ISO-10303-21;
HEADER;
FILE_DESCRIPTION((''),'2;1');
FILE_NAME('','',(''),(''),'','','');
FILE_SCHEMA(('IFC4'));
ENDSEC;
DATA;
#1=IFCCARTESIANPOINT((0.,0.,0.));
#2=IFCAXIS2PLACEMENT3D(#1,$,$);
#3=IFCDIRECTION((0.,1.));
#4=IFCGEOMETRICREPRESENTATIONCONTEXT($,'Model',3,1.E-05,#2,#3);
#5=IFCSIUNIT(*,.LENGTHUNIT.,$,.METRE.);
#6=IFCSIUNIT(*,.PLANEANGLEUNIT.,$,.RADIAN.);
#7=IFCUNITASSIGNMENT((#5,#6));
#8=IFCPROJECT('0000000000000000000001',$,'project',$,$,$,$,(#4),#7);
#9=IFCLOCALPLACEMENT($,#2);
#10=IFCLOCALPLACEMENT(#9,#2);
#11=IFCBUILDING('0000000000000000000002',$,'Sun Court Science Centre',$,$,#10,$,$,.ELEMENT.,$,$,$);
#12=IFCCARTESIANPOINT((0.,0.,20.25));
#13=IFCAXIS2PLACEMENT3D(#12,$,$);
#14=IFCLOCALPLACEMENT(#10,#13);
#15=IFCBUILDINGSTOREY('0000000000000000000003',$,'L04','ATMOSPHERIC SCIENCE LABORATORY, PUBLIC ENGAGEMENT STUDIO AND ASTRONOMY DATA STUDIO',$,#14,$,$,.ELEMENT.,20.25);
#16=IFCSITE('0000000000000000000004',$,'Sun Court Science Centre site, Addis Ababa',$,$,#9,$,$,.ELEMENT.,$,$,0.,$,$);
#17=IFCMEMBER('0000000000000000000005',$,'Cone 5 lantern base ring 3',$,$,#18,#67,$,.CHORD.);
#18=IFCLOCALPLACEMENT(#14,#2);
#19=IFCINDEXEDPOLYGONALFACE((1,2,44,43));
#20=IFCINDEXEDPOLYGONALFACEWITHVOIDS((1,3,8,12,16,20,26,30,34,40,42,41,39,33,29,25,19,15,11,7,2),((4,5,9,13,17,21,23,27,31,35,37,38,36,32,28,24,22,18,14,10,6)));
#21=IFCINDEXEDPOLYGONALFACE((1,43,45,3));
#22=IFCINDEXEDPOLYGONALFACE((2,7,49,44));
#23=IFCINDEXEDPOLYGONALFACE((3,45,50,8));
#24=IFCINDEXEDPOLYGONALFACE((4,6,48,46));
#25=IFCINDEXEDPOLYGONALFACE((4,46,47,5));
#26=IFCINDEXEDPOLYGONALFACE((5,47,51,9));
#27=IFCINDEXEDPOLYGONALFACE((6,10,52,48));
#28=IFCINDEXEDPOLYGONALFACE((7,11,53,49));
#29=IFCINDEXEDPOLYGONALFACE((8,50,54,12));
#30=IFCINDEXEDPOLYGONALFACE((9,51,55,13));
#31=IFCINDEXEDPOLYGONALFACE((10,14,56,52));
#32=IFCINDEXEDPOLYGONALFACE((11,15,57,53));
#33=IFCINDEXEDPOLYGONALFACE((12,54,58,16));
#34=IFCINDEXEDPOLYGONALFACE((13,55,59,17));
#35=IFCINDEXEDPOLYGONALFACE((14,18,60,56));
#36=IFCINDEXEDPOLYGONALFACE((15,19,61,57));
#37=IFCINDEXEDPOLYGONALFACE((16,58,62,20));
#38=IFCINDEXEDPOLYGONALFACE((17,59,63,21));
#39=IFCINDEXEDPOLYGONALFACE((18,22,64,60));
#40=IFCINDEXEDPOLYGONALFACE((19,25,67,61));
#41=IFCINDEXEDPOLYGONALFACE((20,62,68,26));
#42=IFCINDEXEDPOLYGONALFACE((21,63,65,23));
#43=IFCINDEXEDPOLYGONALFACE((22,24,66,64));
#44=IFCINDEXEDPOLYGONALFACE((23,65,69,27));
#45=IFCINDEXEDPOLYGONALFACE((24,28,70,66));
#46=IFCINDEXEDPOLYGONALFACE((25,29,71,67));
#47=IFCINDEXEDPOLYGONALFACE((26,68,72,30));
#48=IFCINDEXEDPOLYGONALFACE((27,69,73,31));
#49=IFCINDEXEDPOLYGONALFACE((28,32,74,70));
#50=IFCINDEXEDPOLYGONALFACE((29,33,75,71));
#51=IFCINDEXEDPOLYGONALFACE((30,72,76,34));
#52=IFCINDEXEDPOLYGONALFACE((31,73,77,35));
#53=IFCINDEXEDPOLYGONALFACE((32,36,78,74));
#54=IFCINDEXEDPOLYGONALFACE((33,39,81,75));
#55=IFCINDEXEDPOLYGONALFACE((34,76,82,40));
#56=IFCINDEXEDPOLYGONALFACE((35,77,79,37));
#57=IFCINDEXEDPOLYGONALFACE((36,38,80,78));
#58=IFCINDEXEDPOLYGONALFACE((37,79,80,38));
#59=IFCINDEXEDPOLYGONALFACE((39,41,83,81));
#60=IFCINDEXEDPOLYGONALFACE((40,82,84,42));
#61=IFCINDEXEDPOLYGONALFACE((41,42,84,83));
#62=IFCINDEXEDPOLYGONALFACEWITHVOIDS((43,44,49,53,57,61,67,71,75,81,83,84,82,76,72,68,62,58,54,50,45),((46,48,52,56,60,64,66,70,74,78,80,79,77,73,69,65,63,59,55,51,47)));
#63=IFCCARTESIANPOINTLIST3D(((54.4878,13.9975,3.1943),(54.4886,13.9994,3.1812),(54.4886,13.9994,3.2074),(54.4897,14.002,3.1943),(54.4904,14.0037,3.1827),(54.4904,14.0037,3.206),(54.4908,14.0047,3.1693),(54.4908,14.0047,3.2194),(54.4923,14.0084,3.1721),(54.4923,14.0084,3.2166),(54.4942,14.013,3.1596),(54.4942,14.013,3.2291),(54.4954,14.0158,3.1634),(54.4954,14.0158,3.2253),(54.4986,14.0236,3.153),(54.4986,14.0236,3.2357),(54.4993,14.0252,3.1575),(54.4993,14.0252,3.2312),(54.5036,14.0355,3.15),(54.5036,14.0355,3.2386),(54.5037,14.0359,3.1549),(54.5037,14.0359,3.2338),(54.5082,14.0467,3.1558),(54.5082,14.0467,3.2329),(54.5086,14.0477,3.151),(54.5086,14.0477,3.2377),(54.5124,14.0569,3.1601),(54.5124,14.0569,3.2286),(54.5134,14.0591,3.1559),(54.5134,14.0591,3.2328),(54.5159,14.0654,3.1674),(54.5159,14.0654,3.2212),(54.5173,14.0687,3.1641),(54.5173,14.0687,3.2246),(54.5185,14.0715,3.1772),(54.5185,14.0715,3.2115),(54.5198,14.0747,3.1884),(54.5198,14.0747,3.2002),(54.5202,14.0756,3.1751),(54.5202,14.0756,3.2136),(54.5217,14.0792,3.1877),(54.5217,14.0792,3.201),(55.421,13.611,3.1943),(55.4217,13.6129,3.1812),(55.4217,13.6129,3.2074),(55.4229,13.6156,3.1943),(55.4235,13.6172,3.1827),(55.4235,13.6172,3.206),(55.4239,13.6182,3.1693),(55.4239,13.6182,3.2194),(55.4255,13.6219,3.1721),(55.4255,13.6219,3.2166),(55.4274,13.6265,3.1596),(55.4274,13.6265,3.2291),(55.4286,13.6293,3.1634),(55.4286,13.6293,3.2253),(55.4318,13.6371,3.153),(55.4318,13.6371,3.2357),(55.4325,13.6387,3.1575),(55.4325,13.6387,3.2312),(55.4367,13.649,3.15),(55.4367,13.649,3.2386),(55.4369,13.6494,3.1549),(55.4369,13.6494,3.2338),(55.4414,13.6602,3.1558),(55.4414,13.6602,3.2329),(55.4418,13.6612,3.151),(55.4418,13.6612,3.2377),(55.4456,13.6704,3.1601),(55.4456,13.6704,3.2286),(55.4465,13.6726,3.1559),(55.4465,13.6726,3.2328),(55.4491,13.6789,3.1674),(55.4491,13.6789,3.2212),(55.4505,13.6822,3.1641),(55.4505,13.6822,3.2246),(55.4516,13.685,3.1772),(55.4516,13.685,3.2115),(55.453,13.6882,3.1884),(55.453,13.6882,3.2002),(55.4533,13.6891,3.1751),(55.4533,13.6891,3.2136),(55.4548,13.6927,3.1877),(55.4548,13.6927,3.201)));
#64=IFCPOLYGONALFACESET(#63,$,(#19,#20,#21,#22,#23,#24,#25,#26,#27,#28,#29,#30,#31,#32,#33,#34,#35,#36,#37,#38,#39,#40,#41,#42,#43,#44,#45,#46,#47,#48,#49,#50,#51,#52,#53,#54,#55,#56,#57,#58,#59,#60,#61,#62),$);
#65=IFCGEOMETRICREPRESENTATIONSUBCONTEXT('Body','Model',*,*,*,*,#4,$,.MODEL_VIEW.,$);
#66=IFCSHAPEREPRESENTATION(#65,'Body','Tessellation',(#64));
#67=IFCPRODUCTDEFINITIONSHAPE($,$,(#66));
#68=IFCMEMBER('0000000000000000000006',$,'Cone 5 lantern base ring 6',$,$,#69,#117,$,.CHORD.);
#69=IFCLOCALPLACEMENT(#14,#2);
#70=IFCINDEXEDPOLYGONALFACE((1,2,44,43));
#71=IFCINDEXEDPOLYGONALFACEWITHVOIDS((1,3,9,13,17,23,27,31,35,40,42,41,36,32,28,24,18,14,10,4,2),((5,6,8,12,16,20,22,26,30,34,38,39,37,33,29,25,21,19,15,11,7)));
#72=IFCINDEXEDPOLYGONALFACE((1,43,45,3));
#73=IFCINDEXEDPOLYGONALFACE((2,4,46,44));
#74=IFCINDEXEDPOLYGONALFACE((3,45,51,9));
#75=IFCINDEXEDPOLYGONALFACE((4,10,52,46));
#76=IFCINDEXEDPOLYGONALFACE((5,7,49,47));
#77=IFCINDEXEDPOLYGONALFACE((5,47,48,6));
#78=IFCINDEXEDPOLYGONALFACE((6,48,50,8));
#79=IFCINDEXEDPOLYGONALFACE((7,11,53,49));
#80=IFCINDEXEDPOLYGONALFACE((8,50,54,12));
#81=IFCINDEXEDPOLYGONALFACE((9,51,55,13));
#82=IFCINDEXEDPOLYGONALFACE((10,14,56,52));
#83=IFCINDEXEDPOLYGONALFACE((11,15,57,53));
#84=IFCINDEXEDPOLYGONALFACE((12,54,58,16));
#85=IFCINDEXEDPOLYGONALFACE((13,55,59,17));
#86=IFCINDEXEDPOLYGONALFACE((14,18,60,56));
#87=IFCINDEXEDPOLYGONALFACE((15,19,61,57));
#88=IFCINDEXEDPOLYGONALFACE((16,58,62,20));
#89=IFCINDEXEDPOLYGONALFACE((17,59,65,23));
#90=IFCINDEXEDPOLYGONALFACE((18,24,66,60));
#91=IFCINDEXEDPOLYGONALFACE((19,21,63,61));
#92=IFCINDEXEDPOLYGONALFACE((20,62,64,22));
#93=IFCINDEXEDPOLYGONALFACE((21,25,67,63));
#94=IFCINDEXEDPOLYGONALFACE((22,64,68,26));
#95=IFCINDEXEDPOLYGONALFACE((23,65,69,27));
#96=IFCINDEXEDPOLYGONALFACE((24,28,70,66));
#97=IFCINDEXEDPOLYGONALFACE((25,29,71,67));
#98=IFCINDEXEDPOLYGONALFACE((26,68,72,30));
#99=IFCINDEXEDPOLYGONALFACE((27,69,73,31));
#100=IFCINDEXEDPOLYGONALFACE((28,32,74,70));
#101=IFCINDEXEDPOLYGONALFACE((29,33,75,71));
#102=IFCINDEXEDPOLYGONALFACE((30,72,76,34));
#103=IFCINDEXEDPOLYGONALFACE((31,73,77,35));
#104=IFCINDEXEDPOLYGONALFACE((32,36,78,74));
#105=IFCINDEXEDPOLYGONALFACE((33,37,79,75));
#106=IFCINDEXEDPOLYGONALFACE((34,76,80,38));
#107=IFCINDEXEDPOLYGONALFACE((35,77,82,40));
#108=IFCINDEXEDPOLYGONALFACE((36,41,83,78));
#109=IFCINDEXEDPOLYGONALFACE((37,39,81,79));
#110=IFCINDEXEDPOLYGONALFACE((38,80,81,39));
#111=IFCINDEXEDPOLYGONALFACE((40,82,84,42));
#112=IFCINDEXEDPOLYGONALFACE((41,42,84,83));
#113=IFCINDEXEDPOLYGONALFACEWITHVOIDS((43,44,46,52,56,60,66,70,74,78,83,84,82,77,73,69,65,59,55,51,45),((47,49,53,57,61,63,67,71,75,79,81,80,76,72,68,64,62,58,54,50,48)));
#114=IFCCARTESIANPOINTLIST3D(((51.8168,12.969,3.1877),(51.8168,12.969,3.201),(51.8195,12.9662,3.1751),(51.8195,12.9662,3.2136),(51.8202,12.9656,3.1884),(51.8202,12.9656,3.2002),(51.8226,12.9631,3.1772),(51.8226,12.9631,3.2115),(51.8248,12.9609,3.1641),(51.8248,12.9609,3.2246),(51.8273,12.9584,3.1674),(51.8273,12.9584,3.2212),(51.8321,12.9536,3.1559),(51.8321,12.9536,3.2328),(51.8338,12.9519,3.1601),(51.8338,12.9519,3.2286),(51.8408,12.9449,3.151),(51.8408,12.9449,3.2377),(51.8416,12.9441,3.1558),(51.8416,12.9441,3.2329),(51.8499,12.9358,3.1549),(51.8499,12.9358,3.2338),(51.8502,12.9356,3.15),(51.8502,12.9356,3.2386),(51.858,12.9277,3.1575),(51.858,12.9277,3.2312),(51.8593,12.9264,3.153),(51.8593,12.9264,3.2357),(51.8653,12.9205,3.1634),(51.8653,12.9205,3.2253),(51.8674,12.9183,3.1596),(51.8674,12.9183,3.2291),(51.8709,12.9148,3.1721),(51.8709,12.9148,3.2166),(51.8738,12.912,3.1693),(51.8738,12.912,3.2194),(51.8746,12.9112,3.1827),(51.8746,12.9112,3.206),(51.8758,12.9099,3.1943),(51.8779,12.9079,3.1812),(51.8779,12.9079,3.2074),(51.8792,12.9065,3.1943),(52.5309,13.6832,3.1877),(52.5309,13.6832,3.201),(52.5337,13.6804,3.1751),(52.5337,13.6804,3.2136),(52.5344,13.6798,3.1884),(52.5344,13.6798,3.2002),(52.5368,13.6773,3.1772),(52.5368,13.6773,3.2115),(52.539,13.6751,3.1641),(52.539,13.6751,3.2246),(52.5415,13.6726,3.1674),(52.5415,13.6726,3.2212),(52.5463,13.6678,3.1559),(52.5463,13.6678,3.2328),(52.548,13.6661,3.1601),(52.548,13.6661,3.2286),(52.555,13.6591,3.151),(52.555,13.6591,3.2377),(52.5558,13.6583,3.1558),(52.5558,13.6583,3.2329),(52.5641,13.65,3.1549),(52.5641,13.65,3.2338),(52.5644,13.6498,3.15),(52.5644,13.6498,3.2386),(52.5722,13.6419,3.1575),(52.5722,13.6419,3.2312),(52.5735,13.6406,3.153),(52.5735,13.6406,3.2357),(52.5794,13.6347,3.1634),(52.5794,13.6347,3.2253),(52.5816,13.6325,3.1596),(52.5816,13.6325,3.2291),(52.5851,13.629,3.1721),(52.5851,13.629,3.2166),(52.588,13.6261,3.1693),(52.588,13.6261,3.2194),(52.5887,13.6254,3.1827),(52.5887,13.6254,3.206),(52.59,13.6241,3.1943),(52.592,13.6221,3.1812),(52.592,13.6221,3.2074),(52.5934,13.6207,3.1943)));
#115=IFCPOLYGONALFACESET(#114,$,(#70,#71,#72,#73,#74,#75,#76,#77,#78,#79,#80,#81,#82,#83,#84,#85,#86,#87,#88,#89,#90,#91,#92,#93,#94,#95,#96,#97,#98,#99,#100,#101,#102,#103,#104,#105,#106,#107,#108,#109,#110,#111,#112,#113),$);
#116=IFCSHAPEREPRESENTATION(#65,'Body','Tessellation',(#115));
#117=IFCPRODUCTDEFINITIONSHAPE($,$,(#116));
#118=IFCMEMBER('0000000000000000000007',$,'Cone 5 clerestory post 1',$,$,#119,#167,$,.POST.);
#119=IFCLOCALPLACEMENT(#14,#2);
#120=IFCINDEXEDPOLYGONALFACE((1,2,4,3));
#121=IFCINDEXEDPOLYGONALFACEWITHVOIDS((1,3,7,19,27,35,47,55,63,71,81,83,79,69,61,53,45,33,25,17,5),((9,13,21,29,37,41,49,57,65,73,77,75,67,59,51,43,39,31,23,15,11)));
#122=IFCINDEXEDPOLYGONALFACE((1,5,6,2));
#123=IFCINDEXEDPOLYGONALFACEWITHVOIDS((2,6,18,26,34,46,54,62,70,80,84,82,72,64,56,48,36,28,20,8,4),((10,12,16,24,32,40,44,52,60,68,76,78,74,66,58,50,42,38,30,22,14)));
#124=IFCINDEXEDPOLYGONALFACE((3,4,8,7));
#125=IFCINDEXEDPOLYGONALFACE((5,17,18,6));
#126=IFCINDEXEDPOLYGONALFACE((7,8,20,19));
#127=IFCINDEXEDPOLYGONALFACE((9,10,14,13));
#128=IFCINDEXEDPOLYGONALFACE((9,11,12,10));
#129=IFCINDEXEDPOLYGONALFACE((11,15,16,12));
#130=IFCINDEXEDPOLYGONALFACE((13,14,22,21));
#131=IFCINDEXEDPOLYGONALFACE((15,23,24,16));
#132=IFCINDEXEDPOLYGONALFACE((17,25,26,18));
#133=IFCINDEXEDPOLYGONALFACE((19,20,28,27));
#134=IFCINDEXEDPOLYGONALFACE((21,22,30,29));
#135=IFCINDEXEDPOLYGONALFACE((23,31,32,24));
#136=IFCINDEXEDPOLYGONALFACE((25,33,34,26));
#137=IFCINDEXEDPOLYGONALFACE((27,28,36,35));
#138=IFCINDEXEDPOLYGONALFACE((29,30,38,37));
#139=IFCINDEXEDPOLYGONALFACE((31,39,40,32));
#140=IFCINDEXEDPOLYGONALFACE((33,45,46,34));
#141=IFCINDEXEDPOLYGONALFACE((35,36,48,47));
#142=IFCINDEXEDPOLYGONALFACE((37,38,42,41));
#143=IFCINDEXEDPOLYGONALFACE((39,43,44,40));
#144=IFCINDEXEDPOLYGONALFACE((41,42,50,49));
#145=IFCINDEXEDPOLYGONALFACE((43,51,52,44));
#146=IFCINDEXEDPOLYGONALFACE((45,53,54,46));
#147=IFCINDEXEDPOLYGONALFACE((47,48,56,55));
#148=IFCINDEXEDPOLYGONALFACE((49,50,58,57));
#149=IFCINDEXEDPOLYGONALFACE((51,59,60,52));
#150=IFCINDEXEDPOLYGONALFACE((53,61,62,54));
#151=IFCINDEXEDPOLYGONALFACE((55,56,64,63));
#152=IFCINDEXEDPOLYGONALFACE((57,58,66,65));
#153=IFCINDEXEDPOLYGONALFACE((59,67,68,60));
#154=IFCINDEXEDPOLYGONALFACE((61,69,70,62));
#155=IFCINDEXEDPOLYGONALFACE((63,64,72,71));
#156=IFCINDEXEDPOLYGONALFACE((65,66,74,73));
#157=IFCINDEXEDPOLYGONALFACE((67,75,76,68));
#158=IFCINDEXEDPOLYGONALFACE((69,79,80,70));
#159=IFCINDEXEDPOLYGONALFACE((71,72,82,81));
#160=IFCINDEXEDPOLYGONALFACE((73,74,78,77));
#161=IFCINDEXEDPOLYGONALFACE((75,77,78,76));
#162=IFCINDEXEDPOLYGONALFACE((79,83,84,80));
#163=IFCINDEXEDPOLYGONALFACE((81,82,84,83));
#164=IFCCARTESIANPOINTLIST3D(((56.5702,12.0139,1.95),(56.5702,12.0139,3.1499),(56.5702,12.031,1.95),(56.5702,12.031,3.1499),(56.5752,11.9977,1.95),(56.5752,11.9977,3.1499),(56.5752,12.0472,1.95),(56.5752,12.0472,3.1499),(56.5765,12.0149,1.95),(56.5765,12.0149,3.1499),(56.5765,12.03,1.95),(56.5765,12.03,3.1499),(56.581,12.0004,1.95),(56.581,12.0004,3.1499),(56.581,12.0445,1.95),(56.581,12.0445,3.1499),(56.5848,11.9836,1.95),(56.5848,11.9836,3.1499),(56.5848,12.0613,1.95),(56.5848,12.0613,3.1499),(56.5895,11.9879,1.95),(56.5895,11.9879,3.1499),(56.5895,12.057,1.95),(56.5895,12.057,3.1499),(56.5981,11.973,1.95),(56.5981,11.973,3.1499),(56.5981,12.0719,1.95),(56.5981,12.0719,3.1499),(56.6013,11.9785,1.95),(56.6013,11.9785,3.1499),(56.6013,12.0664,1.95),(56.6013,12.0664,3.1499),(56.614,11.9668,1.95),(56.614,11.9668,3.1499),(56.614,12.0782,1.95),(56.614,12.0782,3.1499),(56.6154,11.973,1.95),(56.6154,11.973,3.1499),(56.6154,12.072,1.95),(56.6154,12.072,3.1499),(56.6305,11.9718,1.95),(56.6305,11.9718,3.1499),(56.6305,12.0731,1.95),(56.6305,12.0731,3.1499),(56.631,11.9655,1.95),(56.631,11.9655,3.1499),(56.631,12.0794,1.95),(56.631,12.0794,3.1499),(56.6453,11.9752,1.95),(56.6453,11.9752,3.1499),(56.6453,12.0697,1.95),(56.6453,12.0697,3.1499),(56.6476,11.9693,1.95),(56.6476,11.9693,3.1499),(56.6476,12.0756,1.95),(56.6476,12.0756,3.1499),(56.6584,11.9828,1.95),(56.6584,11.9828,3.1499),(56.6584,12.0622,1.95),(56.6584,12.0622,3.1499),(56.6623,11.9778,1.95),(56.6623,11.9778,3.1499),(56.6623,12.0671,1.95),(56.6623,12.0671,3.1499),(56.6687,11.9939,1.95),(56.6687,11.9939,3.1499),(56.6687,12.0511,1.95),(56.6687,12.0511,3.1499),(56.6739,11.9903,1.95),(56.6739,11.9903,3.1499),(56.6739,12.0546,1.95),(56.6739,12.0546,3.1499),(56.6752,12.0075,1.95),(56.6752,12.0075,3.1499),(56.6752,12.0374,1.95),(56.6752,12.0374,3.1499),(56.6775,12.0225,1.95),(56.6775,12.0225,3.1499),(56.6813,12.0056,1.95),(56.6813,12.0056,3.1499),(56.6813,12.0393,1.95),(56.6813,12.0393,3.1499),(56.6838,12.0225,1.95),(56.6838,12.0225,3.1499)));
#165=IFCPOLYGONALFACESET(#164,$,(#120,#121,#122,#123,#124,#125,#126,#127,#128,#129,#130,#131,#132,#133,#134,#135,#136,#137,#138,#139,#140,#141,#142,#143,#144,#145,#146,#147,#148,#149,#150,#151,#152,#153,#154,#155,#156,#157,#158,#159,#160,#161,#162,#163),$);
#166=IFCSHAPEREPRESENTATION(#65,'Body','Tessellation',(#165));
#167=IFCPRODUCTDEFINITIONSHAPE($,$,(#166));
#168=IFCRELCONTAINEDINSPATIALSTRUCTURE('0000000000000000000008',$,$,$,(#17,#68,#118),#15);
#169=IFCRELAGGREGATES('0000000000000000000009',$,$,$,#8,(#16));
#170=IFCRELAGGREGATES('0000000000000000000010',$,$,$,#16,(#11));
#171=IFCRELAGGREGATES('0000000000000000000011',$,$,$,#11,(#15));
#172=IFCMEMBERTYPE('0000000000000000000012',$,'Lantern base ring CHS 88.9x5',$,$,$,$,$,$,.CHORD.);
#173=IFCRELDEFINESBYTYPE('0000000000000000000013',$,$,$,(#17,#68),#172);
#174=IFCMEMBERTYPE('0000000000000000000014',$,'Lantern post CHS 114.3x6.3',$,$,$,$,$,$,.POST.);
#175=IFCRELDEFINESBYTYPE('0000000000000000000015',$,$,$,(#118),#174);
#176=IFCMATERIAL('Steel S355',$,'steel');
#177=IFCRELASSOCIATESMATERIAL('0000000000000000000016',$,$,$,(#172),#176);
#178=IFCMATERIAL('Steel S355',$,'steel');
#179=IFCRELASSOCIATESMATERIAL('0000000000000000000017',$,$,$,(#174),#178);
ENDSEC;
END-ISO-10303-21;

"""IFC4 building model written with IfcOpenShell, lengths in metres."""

from ifc_helpers import new_model, si_unit, direction, frame, origin, origin_2d, place, context, subcontext, project, spatial, hollow_circle, extrude, material, material_profile, profile_set, type_object, element, save


model = new_model("IFC4")

# Units and contexts
model_context = context("Model", 3, precision=1e-05, world=origin(), true_north=direction((0.0, 1.0)))
body_context = subcontext(model_context, "Body", "Model", "MODEL_VIEW")
ifc_project = project(units=[si_unit("LENGTHUNIT", "METRE"), si_unit("PLANEANGLEUNIT", "RADIAN")], contexts=[model_context])

# Site, building, storey
site_placement = place(None, origin())
site = spatial("IfcSite", under=ifc_project, at=site_placement, Name="Sun Court Science Centre site, Addis Ababa", CompositionType="ELEMENT", RefElevation=0.0)
building_placement = place(site_placement, origin())
building = spatial("IfcBuilding", under=site, at=building_placement, Name="Sun Court Science Centre", CompositionType="ELEMENT")
storey_placement = place(building_placement, frame((0.0, 0.0, 20.25)))
storey = spatial("IfcBuildingStorey", under=building, at=storey_placement, Name="L04", Description="ATMOSPHERIC SCIENCE LABORATORY, PUBLIC ENGAGEMENT STUDIO AND ASTRONOMY DATA STUDIO", CompositionType="ELEMENT", Elevation=20.25)

# Members
ifc_material_1 = material(Name="Steel S355", Category="steel")
ifc_material_profile_1 = material_profile(ifc_material_1, hollow_circle(Radius=0.0444, WallThickness=0.0049, at=origin_2d()), Name="CHS 88.9x5")
ifc_profile_set_1 = profile_set([ifc_material_profile_1], Name="Steel S355")
member_type_1 = type_object("IfcMemberType", Name="Lantern base ring CHS 88.9x5", PredefinedType="CHORD", material=ifc_profile_set_1)
for number, where, z_axis, x_axis, name in (
    (1, (55.438, 13.6521, 3.1943), (-0.92389, 0.382658, 0.0), (-0.382658, -0.92389, 0.0), "Cone 5 lantern base ring 3"),
    (2, (52.562, 13.6521, 3.1943), (-0.707107, -0.707107, 0.0), (0.707107, -0.707107, 0.0), "Cone 5 lantern base ring 6"),
):
    element("IfcMember", number, at=place(storey_placement, frame(where, z_axis=z_axis, x_axis=x_axis)), inside=storey, type_object=member_type_1, Name=name, PredefinedType="CHORD", context=body_context, shape_type="SweptSolid", body=[
        extrude(hollow_circle(Radius=0.0444, WallThickness=0.0049, at=origin_2d()), origin(), (0.0, 0.0, 1.0), 1.01),
    ])
ifc_material_2 = material(Name="Steel S355", Category="steel")
ifc_material_profile_2 = material_profile(ifc_material_2, hollow_circle(Radius=0.0571, WallThickness=0.0063, at=origin_2d()), Name="CHS 114.3x6.3")
ifc_profile_set_2 = profile_set([ifc_material_profile_2], Name="Steel S355")
member_type_2 = type_object("IfcMemberType", Name="Lantern post CHS 114.3x6.3", PredefinedType="POST", material=ifc_profile_set_2)
for number, where, z_axis, x_axis, name in (
    (3, (56.6267, 12.0225, 1.95), (0.0, 0.0, 1.0), (1.0, 0.0, 0.0), "Cone 5 clerestory post 1"),
):
    element("IfcMember", number, at=place(storey_placement, frame(where, z_axis=z_axis, x_axis=x_axis)), inside=storey, type_object=member_type_2, Name=name, PredefinedType="POST", context=body_context, shape_type="SweptSolid", body=[
        extrude(hollow_circle(Radius=0.0571, WallThickness=0.0063, at=origin_2d()), origin(), (0.0, 0.0, 1.0), 1.2),
    ])

save(model, "model.ifc")
